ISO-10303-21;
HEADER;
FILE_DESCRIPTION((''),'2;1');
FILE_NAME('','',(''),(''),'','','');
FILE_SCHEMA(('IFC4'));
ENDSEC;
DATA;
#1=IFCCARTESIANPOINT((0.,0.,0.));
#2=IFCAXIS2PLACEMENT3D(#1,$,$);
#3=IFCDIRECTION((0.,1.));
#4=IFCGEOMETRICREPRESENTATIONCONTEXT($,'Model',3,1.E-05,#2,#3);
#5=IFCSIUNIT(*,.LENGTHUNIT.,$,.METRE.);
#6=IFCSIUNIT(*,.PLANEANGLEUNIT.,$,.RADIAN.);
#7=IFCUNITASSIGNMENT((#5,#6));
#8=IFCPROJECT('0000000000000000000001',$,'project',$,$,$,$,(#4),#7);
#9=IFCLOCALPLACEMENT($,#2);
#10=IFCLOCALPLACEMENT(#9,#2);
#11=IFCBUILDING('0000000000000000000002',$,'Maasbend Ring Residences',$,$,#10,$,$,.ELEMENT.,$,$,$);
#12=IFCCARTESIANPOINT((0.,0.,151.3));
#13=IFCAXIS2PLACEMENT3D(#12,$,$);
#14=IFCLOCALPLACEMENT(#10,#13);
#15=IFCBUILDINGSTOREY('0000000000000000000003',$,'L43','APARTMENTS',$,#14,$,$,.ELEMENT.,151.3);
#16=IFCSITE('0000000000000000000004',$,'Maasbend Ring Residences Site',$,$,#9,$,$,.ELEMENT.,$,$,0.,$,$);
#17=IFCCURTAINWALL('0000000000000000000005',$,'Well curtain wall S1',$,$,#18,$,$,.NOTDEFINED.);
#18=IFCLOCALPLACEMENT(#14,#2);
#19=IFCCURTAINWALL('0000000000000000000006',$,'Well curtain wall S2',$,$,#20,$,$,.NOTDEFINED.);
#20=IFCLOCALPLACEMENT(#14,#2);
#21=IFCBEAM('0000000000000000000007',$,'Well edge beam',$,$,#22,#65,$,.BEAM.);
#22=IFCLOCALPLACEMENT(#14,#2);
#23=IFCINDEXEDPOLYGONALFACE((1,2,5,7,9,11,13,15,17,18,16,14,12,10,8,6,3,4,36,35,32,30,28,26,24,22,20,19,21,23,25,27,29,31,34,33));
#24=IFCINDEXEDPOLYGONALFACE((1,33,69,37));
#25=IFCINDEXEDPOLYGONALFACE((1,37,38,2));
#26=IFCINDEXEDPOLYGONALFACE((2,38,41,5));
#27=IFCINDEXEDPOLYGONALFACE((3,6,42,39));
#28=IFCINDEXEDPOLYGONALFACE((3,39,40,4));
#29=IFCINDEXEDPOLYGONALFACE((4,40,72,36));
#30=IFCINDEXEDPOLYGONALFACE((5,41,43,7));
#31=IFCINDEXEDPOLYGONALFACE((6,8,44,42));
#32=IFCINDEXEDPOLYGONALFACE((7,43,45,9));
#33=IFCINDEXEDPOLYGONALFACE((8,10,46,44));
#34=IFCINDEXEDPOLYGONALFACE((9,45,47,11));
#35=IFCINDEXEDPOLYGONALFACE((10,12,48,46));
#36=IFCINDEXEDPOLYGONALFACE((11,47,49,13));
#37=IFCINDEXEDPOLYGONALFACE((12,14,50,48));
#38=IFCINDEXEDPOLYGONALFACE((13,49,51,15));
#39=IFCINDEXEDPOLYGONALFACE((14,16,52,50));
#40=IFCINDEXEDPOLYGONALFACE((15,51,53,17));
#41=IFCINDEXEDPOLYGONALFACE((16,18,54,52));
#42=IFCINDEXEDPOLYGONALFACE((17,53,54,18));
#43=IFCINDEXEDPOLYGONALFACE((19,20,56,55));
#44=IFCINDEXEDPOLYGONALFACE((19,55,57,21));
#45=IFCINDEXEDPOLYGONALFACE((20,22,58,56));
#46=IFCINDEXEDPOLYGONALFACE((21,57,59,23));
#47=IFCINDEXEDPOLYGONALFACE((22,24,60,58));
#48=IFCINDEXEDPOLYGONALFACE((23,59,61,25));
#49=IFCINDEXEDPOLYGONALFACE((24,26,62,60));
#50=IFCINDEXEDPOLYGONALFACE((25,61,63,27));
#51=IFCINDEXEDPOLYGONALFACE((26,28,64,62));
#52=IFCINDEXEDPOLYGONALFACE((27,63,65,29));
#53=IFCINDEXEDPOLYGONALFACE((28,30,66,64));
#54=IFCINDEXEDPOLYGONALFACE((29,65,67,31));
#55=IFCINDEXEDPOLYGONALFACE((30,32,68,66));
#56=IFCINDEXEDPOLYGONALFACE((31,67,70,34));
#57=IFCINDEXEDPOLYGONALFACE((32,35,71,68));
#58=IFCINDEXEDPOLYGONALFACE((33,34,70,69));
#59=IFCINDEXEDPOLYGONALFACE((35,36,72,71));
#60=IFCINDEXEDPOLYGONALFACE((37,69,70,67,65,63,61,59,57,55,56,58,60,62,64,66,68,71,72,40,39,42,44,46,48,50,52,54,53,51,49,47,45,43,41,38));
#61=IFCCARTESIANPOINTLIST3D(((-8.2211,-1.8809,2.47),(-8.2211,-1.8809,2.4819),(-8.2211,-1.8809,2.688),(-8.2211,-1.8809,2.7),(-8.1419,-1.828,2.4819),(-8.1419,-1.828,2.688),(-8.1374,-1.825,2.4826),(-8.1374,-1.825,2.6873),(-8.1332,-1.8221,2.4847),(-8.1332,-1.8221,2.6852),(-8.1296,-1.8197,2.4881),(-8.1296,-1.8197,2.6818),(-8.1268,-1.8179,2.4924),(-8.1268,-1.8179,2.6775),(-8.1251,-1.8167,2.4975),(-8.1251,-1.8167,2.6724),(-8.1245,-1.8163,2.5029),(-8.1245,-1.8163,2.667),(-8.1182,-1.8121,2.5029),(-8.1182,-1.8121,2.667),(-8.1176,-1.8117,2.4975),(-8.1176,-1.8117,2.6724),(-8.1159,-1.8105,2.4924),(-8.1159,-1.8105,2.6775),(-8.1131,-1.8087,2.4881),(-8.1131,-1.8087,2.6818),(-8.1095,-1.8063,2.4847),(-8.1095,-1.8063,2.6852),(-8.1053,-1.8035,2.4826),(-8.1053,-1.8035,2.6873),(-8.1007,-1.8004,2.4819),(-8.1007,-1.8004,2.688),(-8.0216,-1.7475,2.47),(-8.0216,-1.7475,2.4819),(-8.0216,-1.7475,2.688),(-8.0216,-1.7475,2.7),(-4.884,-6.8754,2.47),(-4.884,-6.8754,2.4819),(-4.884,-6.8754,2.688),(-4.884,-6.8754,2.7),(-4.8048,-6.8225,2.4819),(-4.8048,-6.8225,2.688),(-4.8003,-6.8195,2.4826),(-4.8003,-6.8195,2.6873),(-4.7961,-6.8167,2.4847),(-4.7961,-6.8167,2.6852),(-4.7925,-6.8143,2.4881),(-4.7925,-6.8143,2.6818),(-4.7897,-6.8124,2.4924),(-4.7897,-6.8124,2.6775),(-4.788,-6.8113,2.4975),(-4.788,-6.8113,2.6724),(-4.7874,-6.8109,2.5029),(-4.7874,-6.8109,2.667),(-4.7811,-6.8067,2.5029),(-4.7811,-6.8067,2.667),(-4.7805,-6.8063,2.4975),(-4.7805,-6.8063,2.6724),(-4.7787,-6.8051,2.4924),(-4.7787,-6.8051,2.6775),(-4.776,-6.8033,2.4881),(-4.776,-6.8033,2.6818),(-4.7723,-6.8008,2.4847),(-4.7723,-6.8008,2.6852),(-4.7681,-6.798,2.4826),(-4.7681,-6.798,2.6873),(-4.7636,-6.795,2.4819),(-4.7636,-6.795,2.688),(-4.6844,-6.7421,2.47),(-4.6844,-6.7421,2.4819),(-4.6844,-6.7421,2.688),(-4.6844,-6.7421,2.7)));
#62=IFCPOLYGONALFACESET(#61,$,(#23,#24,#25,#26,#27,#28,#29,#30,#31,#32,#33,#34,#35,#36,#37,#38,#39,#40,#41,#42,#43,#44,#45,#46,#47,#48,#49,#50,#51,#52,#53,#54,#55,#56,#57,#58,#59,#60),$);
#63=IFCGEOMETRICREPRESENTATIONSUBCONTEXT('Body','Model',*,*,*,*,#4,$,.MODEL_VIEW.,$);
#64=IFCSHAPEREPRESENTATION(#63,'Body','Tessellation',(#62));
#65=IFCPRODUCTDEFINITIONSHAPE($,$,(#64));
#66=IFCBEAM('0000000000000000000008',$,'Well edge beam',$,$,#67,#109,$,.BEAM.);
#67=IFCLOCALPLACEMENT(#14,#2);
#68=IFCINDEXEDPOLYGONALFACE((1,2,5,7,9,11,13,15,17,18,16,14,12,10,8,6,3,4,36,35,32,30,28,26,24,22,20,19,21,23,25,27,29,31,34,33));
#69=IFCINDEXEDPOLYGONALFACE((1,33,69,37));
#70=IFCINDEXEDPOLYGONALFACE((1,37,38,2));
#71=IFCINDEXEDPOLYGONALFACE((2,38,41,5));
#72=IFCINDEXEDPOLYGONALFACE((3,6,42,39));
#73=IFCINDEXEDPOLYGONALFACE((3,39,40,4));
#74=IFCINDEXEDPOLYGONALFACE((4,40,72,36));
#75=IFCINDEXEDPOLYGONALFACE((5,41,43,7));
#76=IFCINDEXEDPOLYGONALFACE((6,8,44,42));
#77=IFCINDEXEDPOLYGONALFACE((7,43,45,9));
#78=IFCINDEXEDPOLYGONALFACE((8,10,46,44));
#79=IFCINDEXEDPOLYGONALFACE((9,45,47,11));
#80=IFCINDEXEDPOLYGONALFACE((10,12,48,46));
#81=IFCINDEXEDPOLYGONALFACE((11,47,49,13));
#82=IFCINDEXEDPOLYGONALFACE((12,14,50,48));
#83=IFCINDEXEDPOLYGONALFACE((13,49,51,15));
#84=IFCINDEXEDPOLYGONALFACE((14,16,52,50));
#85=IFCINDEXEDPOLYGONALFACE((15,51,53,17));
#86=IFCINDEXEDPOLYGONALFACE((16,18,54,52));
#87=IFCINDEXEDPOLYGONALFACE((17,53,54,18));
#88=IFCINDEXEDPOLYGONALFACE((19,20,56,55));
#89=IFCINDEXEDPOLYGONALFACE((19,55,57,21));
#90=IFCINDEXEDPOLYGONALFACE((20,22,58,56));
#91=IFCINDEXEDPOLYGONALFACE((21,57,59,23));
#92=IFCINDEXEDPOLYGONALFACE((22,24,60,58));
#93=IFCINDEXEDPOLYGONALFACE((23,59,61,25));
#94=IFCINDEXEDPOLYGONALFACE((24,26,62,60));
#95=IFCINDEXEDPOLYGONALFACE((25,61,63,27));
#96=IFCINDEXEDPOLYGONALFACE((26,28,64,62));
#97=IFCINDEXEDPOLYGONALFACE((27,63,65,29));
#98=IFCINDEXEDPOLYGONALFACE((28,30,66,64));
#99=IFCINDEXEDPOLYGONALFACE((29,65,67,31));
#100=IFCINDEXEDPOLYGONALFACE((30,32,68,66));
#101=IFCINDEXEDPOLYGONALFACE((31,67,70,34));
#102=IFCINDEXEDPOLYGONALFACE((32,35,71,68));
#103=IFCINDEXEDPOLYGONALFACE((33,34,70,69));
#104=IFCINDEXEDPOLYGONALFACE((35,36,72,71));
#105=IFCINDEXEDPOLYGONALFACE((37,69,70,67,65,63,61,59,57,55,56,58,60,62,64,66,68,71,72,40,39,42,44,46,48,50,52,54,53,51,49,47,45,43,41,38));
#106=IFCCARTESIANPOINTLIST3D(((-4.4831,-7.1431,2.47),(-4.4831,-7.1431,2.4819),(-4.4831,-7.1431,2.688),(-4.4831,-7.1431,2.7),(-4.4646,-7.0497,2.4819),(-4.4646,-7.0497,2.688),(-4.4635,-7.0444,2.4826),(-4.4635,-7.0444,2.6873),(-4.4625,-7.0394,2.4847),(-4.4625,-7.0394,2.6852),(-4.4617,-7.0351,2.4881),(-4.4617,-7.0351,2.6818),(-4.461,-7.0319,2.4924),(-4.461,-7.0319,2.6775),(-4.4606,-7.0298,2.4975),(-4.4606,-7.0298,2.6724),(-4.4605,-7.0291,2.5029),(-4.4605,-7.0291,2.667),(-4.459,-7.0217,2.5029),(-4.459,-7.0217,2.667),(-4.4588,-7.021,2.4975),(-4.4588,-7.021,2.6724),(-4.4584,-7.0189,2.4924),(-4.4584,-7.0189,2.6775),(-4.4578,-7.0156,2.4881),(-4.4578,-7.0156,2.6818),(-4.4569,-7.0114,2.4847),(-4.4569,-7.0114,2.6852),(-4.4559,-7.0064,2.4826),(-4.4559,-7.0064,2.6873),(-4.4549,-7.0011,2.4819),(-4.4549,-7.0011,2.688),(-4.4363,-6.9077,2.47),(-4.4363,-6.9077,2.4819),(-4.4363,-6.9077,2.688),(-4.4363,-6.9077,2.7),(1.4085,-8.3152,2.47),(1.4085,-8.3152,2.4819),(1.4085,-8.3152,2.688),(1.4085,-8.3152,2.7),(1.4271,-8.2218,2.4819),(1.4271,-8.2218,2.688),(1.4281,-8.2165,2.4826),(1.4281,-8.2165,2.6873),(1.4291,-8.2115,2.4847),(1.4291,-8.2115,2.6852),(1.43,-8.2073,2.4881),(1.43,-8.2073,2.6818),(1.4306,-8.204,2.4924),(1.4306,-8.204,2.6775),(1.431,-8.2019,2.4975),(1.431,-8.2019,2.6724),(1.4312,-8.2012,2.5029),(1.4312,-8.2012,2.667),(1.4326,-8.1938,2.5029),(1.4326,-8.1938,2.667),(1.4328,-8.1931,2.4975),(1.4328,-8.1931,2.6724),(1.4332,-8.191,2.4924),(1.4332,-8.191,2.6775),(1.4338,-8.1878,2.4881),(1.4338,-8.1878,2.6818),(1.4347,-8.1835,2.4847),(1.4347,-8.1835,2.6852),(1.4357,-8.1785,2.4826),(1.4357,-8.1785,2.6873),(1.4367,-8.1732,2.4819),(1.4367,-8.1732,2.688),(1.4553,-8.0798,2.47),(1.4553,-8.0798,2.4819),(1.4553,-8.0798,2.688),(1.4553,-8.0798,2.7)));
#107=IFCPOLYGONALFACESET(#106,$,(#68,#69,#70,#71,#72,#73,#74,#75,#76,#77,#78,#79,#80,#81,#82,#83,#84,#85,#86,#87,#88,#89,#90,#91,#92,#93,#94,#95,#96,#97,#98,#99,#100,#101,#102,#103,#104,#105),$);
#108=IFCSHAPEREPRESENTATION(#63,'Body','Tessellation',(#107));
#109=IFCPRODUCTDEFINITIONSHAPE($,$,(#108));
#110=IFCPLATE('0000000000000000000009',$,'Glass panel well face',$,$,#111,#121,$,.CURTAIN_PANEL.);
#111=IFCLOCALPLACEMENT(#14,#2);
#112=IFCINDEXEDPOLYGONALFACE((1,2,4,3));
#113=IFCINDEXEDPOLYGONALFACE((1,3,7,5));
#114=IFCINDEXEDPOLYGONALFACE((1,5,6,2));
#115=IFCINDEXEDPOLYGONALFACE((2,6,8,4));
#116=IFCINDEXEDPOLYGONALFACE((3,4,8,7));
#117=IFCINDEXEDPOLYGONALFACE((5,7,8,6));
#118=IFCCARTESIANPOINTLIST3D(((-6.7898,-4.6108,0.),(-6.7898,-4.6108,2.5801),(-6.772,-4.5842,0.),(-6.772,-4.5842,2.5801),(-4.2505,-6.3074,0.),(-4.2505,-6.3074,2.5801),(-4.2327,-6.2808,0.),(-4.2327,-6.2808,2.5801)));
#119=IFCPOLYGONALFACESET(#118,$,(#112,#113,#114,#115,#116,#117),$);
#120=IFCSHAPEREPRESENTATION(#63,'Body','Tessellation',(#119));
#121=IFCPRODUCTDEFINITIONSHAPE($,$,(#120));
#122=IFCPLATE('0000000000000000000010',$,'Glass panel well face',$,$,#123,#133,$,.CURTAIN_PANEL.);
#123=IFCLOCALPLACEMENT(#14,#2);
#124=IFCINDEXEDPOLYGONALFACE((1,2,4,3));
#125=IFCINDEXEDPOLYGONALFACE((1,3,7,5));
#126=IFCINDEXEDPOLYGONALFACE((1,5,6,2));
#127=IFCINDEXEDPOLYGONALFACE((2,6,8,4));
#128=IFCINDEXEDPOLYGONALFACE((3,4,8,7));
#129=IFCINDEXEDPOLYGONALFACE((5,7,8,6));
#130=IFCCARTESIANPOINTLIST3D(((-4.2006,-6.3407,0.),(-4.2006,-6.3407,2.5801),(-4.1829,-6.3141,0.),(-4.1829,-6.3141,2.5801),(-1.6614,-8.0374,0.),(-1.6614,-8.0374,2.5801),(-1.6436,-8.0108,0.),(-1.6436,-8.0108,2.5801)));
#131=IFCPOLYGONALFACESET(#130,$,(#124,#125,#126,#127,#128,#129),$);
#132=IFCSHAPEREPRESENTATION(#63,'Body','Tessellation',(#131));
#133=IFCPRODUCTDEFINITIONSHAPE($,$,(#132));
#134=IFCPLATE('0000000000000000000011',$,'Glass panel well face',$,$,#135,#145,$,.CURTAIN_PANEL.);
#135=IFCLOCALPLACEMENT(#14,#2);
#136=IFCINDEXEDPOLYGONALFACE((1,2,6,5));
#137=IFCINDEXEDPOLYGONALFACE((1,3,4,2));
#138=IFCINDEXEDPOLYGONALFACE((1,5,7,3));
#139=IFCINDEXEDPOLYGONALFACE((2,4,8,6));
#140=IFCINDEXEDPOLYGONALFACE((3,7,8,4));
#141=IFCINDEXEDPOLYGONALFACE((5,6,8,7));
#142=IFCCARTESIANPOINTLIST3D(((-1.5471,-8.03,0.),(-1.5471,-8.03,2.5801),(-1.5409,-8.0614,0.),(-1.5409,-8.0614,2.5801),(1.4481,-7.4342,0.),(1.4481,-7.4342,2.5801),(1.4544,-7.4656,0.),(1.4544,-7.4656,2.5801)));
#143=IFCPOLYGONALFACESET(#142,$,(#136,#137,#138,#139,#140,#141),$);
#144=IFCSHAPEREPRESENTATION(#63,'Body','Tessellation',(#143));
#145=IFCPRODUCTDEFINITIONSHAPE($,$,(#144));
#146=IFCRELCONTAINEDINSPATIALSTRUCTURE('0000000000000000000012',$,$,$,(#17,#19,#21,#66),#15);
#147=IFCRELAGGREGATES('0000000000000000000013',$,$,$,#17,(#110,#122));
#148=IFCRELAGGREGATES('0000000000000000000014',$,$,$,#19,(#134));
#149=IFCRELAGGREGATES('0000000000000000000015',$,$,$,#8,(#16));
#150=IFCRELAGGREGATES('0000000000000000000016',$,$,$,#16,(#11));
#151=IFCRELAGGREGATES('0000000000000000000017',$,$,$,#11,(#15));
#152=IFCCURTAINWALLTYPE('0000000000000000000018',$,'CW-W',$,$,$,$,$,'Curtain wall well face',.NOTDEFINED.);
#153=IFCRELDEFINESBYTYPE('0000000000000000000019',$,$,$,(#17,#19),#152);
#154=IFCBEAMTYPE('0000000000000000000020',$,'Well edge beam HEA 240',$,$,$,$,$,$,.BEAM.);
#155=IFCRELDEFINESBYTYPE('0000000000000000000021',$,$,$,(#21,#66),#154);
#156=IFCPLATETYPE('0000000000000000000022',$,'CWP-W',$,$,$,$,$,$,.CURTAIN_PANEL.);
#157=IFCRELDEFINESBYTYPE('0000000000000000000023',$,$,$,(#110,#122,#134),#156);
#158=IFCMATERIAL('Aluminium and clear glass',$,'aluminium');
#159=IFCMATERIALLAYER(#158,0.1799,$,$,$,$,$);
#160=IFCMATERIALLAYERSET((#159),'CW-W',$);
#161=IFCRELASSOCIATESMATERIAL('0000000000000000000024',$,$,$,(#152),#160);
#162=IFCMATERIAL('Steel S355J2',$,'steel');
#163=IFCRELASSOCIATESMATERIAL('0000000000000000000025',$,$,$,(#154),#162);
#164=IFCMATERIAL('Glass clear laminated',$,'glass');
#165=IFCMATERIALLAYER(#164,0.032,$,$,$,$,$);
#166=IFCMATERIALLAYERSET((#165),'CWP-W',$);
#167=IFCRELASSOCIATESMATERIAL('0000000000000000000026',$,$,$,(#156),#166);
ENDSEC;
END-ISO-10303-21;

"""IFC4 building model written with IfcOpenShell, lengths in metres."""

from ifc_helpers import new_model, si_unit, direction, frame, origin, origin_2d, place, context, subcontext, project, spatial, rectangle, i_section, extrude, material, layer, layer_set, material_profile, profile_set, type_object, element, aggregate, save


model = new_model("IFC4")

# Units and contexts
model_context = context("Model", 3, precision=1e-05, world=origin(), true_north=direction((0.0, 1.0)))
body_context = subcontext(model_context, "Body", "Model", "MODEL_VIEW")
ifc_project = project(units=[si_unit("LENGTHUNIT", "METRE"), si_unit("PLANEANGLEUNIT", "RADIAN")], contexts=[model_context])

# Site, building, storey
site_placement = place(None, origin())
site = spatial("IfcSite", under=ifc_project, at=site_placement, Name="Maasbend Ring Residences Site", CompositionType="ELEMENT", RefElevation=0.0)
building_placement = place(site_placement, origin())
building = spatial("IfcBuilding", under=site, at=building_placement, Name="Maasbend Ring Residences", CompositionType="ELEMENT")
storey_placement = place(building_placement, frame((0.0, 0.0, 151.3)))
storey = spatial("IfcBuildingStorey", under=building, at=storey_placement, Name="L43", Description="APARTMENTS", CompositionType="ELEMENT", Elevation=151.3)

# Curtain wall
ifc_material_1 = material(Name="Aluminium and clear glass", Category="aluminium")
ifc_layer_1 = layer(ifc_material_1, 0.1799)
ifc_layer_set_1 = layer_set([ifc_layer_1], Name="CW-W")
curtain_wall_type = type_object("IfcCurtainWallType", Name="CW-W", ElementType="Curtain wall well face", PredefinedType="NOTDEFINED", material=ifc_layer_set_1)
curtain_wall_1_placement = place(storey_placement, origin())
curtain_wall_1 = element("IfcCurtainWall", 1, at=curtain_wall_1_placement, inside=storey, type_object=curtain_wall_type, Name="Well curtain wall S1", PredefinedType="NOTDEFINED")

# Curtain wall
curtain_wall_2_placement = place(storey_placement, origin())
curtain_wall_2 = element("IfcCurtainWall", 2, at=curtain_wall_2_placement, inside=storey, type_object=curtain_wall_type, Name="Well curtain wall S2", PredefinedType="NOTDEFINED")

# Beams
ifc_material_2 = material(Name="Steel S355J2", Category="steel")
ifc_material_profile_1 = material_profile(ifc_material_2, i_section(OverallWidth=0.24, OverallDepth=0.23, WebThickness=0.0076, FlangeThickness=0.012, FilletRadius=0.021, at=origin_2d()), Name="HEA 240")
ifc_profile_set_1 = profile_set([ifc_material_profile_1], Name="Steel S355J2")
beam_type = type_object("IfcBeamType", Name="Well edge beam HEA 240", PredefinedType="BEAM", material=ifc_profile_set_1)
beam_1_placement = place(storey_placement, frame((-8.1213, -1.8142, 2.585), z_axis=(0.555553, -0.831481, 0.0), x_axis=(0.831481, 0.555553, 0.0)))
element("IfcBeam", 3, at=beam_1_placement, inside=storey, type_object=beam_type, Name="Well edge beam", PredefinedType="BEAM", context=body_context, shape_type="SweptSolid", body=[
    extrude(i_section(OverallWidth=0.24, OverallDepth=0.23, WebThickness=0.0076, FlangeThickness=0.012, FilletRadius=0.021, at=origin_2d()), origin(), (0.0, 0.0, 1.0), 6.0068),
])
beam_2_placement = place(storey_placement, frame((-4.4597, -7.0254, 2.585), z_axis=(0.980779, -0.195123, 0.0), x_axis=(0.195123, 0.980779, 0.0)))
element("IfcBeam", 4, at=beam_2_placement, inside=storey, type_object=beam_type, Name="Well edge beam", PredefinedType="BEAM", context=body_context, shape_type="SweptSolid", body=[
    extrude(i_section(OverallWidth=0.24, OverallDepth=0.23, WebThickness=0.0076, FlangeThickness=0.012, FilletRadius=0.021, at=origin_2d()), origin(), (0.0, 0.0, 1.0), 6.0071),
])

# Plates
ifc_material_3 = material(Name="Glass clear laminated", Category="glass")
ifc_layer_2 = layer(ifc_material_3, 0.032)
ifc_layer_set_2 = layer_set([ifc_layer_2], Name="CWP-W")
plate_type = type_object("IfcPlateType", Name="CWP-W", PredefinedType="CURTAIN_PANEL", material=ifc_layer_set_2)
plate_1_placement = place(storey_placement, frame((-5.5112, -5.4458, 0.0), z_axis=(0.0, 0.0, 1.0), x_axis=(0.83147, -0.55557, 0.0)))
plate_1 = element("IfcPlate", 5, at=plate_1_placement, type_object=plate_type, Name="Glass panel well face", PredefinedType="CURTAIN_PANEL", context=body_context, shape_type="SweptSolid", body=[
    extrude(rectangle(XDim=3.054, YDim=0.032, at=origin_2d()), origin(), (0.0, 0.0, 1.0), 2.5801),
])
plate_2_placement = place(storey_placement, frame((-2.9221, -7.1758, 0.0), z_axis=(0.0, 0.0, 1.0), x_axis=(0.83147, -0.55557, 0.0)))
plate_2 = element("IfcPlate", 6, at=plate_2_placement, type_object=plate_type, Name="Glass panel well face", PredefinedType="CURTAIN_PANEL", context=body_context, shape_type="SweptSolid", body=[
    extrude(rectangle(XDim=3.054, YDim=0.032, at=origin_2d()), origin(), (0.0, 0.0, 1.0), 2.5801),
])
aggregate(curtain_wall_1, [plate_1, plate_2])
plate_3_placement = place(storey_placement, frame((-0.0464, -7.7478, 0.0), z_axis=(0.0, 0.0, 1.0), x_axis=(0.980785, 0.19509, 0.0)))
plate_3 = element("IfcPlate", 7, at=plate_3_placement, type_object=plate_type, Name="Glass panel well face", PredefinedType="CURTAIN_PANEL", context=body_context, shape_type="SweptSolid", body=[
    extrude(rectangle(XDim=3.054, YDim=0.032, at=origin_2d()), origin(), (0.0, 0.0, 1.0), 2.5801),
])
aggregate(curtain_wall_2, [plate_3])

save(model, "model.ifc")
